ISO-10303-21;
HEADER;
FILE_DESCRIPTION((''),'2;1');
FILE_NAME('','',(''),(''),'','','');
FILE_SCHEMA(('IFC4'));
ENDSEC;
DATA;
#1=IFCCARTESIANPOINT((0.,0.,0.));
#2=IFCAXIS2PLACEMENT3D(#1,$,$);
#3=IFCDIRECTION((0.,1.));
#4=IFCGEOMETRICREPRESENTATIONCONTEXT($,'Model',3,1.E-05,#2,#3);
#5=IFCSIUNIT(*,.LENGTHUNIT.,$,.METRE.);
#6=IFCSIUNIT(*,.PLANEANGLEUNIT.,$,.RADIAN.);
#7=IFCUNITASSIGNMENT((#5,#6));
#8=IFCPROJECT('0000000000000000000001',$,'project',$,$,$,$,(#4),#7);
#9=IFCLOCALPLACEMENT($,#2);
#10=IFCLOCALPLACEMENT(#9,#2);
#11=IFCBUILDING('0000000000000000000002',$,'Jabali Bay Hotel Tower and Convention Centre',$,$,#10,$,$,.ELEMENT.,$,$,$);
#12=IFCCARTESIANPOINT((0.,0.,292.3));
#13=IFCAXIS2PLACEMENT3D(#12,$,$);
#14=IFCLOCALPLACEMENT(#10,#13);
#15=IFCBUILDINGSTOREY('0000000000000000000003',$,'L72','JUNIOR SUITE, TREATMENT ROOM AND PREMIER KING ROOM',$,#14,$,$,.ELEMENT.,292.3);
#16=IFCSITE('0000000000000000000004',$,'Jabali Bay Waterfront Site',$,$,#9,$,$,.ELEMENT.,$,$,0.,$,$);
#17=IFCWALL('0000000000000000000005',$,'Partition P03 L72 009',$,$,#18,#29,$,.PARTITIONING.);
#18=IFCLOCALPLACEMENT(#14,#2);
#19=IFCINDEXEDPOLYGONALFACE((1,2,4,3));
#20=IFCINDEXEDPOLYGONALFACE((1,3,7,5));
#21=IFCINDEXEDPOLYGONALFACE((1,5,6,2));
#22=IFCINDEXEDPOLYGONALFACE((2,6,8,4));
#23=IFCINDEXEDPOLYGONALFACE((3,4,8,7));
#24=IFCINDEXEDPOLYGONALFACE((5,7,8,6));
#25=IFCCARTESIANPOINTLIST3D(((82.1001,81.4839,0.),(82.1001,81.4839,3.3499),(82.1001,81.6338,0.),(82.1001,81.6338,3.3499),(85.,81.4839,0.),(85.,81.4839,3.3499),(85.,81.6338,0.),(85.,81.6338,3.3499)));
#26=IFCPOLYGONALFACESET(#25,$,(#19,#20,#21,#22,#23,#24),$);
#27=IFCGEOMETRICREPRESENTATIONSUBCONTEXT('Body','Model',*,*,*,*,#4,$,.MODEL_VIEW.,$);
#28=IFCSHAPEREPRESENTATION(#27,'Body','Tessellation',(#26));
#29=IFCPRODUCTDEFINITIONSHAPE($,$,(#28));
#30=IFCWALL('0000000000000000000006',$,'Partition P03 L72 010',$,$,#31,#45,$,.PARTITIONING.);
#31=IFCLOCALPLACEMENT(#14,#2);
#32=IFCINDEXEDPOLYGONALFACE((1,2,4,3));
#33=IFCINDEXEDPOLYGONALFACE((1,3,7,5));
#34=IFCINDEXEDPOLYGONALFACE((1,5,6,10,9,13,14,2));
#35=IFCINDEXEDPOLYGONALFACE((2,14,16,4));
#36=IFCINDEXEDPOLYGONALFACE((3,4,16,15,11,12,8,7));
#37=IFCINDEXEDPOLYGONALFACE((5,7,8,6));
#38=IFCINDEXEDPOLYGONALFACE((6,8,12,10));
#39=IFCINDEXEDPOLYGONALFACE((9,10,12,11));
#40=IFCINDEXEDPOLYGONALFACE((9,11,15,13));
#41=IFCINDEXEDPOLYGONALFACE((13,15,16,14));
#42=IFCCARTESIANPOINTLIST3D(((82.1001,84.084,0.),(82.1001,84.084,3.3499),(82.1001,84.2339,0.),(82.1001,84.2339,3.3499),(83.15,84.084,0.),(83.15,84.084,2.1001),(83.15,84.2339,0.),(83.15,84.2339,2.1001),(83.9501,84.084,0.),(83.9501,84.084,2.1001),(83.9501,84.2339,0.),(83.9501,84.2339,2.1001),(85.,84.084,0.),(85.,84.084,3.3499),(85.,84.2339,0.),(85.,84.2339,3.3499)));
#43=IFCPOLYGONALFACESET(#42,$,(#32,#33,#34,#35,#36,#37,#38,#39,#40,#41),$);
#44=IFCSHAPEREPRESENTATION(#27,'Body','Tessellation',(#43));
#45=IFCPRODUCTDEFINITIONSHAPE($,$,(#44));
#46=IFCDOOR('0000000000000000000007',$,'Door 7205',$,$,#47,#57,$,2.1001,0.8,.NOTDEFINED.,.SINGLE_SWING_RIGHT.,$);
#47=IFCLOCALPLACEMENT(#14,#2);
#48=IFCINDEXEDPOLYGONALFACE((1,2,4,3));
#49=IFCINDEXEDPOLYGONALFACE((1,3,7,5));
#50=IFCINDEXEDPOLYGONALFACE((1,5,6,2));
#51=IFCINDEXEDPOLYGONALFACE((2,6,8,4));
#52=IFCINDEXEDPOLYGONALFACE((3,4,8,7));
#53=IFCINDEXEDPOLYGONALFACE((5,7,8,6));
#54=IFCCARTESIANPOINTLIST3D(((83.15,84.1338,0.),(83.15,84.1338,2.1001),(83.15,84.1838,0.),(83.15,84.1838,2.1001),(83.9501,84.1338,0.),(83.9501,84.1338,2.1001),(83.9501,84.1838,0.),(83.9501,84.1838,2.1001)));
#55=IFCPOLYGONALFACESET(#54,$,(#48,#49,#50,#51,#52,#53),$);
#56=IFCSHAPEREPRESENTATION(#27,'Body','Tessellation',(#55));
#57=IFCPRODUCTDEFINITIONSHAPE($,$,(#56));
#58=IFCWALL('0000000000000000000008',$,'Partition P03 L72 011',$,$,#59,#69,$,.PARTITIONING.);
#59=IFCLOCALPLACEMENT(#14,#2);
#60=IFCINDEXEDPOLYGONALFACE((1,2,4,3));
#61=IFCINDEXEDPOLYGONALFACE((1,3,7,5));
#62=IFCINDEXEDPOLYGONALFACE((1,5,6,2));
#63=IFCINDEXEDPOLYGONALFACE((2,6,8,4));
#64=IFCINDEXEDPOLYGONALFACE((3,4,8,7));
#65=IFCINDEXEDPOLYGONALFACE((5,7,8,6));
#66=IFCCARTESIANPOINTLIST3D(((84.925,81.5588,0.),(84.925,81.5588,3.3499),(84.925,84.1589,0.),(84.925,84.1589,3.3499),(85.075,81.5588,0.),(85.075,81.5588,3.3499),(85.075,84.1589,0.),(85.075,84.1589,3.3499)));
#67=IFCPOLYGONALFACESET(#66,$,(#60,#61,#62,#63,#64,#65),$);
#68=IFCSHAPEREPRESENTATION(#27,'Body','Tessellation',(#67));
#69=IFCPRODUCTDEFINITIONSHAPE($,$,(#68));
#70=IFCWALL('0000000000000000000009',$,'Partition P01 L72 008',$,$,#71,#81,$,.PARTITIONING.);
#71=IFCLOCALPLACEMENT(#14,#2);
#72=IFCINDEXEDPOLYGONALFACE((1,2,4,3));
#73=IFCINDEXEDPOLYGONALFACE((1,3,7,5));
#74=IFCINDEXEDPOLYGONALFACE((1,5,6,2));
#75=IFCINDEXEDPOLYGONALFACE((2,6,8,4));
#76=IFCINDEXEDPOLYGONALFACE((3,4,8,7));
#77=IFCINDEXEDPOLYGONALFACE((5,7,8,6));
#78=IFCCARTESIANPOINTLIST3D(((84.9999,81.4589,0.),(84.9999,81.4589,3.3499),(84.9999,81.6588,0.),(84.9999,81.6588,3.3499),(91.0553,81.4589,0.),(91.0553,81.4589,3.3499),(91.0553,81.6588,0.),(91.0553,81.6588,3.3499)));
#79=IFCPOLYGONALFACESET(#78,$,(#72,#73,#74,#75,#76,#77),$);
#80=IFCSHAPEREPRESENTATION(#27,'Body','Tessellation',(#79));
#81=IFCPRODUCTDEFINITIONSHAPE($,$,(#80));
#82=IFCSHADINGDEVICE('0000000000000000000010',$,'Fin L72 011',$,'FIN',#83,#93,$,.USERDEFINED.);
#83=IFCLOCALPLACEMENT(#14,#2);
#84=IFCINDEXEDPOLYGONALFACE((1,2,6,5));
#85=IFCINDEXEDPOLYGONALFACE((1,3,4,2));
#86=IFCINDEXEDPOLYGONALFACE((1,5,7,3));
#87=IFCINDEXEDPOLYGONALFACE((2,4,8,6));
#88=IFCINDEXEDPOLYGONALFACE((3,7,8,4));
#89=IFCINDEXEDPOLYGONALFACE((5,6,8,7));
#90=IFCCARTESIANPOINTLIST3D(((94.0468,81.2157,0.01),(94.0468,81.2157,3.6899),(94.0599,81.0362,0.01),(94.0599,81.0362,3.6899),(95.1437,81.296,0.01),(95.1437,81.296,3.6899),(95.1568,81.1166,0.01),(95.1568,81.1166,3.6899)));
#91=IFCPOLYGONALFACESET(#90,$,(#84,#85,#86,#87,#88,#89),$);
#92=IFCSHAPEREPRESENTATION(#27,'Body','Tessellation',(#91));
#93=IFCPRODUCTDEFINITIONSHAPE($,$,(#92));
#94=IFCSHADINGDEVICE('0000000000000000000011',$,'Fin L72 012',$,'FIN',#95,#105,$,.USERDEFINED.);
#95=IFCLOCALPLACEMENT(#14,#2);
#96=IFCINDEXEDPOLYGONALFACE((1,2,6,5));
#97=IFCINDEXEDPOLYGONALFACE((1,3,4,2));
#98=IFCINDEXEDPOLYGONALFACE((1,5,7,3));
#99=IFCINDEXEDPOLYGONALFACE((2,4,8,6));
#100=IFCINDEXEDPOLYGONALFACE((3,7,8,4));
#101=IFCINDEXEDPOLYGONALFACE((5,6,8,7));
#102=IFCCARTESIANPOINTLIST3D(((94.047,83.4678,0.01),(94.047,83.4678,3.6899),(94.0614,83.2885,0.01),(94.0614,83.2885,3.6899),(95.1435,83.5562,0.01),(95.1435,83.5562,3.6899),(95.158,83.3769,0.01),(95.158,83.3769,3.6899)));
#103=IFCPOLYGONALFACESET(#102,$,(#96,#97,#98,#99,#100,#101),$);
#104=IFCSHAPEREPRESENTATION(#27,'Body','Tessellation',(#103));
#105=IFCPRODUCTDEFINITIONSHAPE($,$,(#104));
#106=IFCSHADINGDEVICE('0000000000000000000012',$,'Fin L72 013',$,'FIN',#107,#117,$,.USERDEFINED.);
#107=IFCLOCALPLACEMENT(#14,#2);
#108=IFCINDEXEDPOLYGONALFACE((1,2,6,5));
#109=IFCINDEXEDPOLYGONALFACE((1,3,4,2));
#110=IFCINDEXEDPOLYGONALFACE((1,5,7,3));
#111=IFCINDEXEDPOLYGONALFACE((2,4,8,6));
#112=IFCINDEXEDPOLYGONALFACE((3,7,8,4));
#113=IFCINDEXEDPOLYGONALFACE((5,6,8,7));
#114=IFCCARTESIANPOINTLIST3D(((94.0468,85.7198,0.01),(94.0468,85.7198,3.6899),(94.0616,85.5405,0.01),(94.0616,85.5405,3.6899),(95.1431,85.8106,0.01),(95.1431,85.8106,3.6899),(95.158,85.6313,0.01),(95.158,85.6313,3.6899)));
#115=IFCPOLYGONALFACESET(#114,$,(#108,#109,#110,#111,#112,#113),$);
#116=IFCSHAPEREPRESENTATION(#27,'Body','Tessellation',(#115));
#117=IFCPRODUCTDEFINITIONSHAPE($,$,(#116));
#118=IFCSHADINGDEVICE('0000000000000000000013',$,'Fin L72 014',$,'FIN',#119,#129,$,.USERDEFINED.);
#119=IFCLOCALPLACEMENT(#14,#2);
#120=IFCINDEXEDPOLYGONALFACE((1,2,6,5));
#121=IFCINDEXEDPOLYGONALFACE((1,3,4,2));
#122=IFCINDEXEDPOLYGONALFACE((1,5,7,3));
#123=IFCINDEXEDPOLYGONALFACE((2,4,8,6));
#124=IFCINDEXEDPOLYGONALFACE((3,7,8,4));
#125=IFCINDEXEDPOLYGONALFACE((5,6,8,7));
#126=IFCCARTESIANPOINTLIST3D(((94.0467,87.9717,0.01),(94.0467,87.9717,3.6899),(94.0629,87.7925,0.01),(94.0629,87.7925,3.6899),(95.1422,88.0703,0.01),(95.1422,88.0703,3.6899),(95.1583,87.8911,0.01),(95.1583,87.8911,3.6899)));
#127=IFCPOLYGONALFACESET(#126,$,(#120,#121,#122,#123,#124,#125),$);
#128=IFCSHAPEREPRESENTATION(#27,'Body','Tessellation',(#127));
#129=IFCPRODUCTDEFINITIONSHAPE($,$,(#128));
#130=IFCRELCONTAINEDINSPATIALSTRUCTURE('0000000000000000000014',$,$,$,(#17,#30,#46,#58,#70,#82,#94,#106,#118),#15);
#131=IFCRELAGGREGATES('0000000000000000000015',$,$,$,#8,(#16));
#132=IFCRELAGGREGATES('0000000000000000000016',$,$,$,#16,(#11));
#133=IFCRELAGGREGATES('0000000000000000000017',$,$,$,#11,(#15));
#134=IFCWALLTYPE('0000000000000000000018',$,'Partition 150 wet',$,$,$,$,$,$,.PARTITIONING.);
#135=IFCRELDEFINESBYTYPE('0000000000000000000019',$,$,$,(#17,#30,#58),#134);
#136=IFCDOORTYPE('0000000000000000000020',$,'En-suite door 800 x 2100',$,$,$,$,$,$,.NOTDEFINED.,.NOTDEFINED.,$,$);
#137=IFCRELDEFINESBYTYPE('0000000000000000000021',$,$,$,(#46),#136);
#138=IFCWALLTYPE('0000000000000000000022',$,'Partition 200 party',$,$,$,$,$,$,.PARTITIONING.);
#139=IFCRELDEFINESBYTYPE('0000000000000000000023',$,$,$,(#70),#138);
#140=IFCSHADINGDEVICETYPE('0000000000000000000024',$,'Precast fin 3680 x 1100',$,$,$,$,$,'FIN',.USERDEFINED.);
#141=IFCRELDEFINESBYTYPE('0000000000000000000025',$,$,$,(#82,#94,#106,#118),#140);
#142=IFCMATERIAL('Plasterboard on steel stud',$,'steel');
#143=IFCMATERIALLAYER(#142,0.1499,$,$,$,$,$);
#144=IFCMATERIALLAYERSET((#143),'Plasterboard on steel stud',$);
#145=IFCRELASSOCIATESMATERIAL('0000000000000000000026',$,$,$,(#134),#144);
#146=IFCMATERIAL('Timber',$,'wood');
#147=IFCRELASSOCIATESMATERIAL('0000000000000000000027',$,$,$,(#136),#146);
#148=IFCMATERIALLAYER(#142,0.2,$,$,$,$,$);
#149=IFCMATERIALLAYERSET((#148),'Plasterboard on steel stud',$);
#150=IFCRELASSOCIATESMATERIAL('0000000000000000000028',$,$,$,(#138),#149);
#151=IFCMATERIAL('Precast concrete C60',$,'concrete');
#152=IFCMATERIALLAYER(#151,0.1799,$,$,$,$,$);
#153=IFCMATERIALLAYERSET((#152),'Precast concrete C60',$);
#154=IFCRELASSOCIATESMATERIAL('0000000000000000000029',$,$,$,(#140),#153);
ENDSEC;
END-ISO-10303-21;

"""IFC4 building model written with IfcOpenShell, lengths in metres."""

from ifc_helpers import new_model, si_unit, direction, frame, frame_2d, origin, place, context, subcontext, project, spatial, rectangle, extrude, material, layer, layer_set, type_object, element, fill, save


model = new_model("IFC4")

# Units and contexts
model_context = context("Model", 3, precision=1e-05, world=origin(), true_north=direction((0.0, 1.0)))
body_context = subcontext(model_context, "Body", "Model", "MODEL_VIEW")
ifc_project = project(units=[si_unit("LENGTHUNIT", "METRE"), si_unit("PLANEANGLEUNIT", "RADIAN")], contexts=[model_context])

# Site, building, storey
site_placement = place(None, origin())
site = spatial("IfcSite", under=ifc_project, at=site_placement, Name="Jabali Bay Waterfront Site", CompositionType="ELEMENT", RefElevation=0.0)
building_placement = place(site_placement, origin())
building = spatial("IfcBuilding", under=site, at=building_placement, Name="Jabali Bay Hotel Tower and Convention Centre", CompositionType="ELEMENT")
storey_placement = place(building_placement, frame((0.0, 0.0, 292.3)))
storey = spatial("IfcBuildingStorey", under=building, at=storey_placement, Name="L72", Description="JUNIOR SUITE, TREATMENT ROOM AND PREMIER KING ROOM", CompositionType="ELEMENT", Elevation=292.3)

# Wall
ifc_material_1 = material(Name="Plasterboard on steel stud", Category="steel")
ifc_layer_1 = layer(ifc_material_1, 0.1499)
ifc_layer_set_1 = layer_set([ifc_layer_1], Name="Plasterboard on steel stud")
wall_type_1 = type_object("IfcWallType", Name="Partition 150 wet", PredefinedType="PARTITIONING", material=ifc_layer_set_1)
wall_1_placement = place(storey_placement, frame((85.0, 81.5588, 0.0), z_axis=(0.0, 0.0, 1.0), x_axis=(-1.0, 0.0, 0.0)))
element("IfcWall", 1, at=wall_1_placement, inside=storey, type_object=wall_type_1, Name="Partition P03 L72 009", PredefinedType="PARTITIONING", context=body_context, shape_type="SweptSolid", body=[
    extrude(rectangle(XDim=2.8999, YDim=0.1499, at=frame_2d((1.45, 0.0))), origin(), (0.0, 0.0, 1.0), 3.3499),
])

# Wall, opening, door
wall_2_placement = place(storey_placement, frame((82.1001, 84.1589, 0.0), z_axis=(0.0, 0.0, 1.0), x_axis=(1.0, 0.0, 0.0)))
wall_2 = element("IfcWall", 2, at=wall_2_placement, inside=storey, type_object=wall_type_1, Name="Partition P03 L72 010", PredefinedType="PARTITIONING", context=body_context, shape_type="SweptSolid", body=[
    extrude(rectangle(XDim=2.8999, YDim=0.1499, at=frame_2d((1.45, 0.0))), origin(), (0.0, 0.0, 1.0), 3.3499),
])
opening_1_placement = place(wall_2_placement, frame((1.05, 0.0, 0.0)))
opening_1 = element("IfcOpeningElement", 3, at=opening_1_placement, cuts=wall_2, PredefinedType="OPENING", context=body_context, shape_type="SweptSolid", body=[
    extrude(rectangle(XDim=0.8, YDim=2.1001, at=frame_2d((0.3999, 1.05))), frame((0.0, 0.0854, 0.0), z_axis=(0.0, -1.0, 0.0), x_axis=(1.0, 0.0, 0.0)), (0.0, 0.0, 1.0), 0.1709),
])
ifc_material_2 = material(Name="Timber", Category="wood")
door_type_1 = type_object("IfcDoorType", Name="En-suite door 800 x 2100", OperationType="NOTDEFINED", PredefinedType="NOTDEFINED", material=ifc_material_2)
door_1_placement = place(opening_1_placement, origin())
door_1 = element("IfcDoor", 4, at=door_1_placement, inside=storey, type_object=door_type_1, Name="Door 7205", OperationType="SINGLE_SWING_RIGHT", OverallHeight=2.1001, OverallWidth=0.8, PredefinedType="NOTDEFINED", context=body_context, shape_type="SweptSolid", body=[
    extrude(rectangle(XDim=0.8, YDim=2.1001, at=frame_2d((0.3999, 1.05))), frame((0.0, 0.0249, 0.0), z_axis=(0.0, -1.0, 0.0), x_axis=(1.0, 0.0, 0.0)), (0.0, 0.0, 1.0), 0.05),
])
fill(opening_1, door_1)

# Walls
wall_3_placement = place(storey_placement, frame((85.0, 84.1589, 0.0), z_axis=(0.0, 0.0, 1.0), x_axis=(0.0, -1.0, 0.0)))
element("IfcWall", 5, at=wall_3_placement, inside=storey, type_object=wall_type_1, Name="Partition P03 L72 011", PredefinedType="PARTITIONING", context=body_context, shape_type="SweptSolid", body=[
    extrude(rectangle(XDim=2.6001, YDim=0.1499, at=frame_2d((1.3, 0.0))), origin(), (0.0, 0.0, 1.0), 3.3499),
])
ifc_layer_2 = layer(ifc_material_1, 0.2)
ifc_layer_set_2 = layer_set([ifc_layer_2], Name="Plasterboard on steel stud")
wall_type_2 = type_object("IfcWallType", Name="Partition 200 party", PredefinedType="PARTITIONING", material=ifc_layer_set_2)
wall_4_placement = place(storey_placement, frame((91.0554, 81.5588, 0.0), z_axis=(0.0, 0.0, 1.0), x_axis=(-1.0, 0.0, 0.0)))
element("IfcWall", 6, at=wall_4_placement, inside=storey, type_object=wall_type_2, Name="Partition P01 L72 008", PredefinedType="PARTITIONING", context=body_context, shape_type="SweptSolid", body=[
    extrude(rectangle(XDim=6.0554, YDim=0.2, at=frame_2d((3.0278, 0.0))), origin(), (0.0, 0.0, 1.0), 3.3499),
])

# Shading devices
ifc_material_3 = material(Name="Precast concrete C60", Category="concrete")
ifc_layer_3 = layer(ifc_material_3, 0.1799)
ifc_layer_set_3 = layer_set([ifc_layer_3], Name="Precast concrete C60")
shading_device_type = type_object("IfcShadingDeviceType", Name="Precast fin 3680 x 1100", ElementType="FIN", PredefinedType="USERDEFINED", material=ifc_layer_set_3)
shading_device_1_placement = place(storey_placement, frame((94.0535, 81.126, 0.01), z_axis=(0.0, 0.0, 1.0), x_axis=(0.99733, 0.073029, 0.0)))
element("IfcShadingDevice", 7, at=shading_device_1_placement, inside=storey, type_object=shading_device_type, Name="Fin L72 011", ObjectType="FIN", PredefinedType="USERDEFINED", context=body_context, shape_type="SweptSolid", body=[
    extrude(rectangle(XDim=1.0999, YDim=0.1799, at=frame_2d((0.5498, 0.0))), origin(), (0.0, 0.0, 1.0), 3.6799),
])
for number, where, z_axis, x_axis, name in (
    (8, (94.0542, 83.3782, 0.01), (0.0, 0.0, 1.0), (0.996767, 0.080345, 0.0), "Fin L72 012"),
    (9, (94.0542, 85.6301, 0.01), (0.0, 0.0, 1.0), (0.996587, 0.08255, 0.0), "Fin L72 013"),
):
    element("IfcShadingDevice", number, at=place(storey_placement, frame(where, z_axis=z_axis, x_axis=x_axis)), inside=storey, type_object=shading_device_type, Name=name, ObjectType="FIN", PredefinedType="USERDEFINED", context=body_context, shape_type="SweptSolid", body=[
        extrude(rectangle(XDim=1.1001, YDim=0.1799, at=frame_2d((0.55, 0.0))), origin(), (0.0, 0.0, 1.0), 3.6799),
    ])
shading_device_2_placement = place(storey_placement, frame((94.0549, 87.8821, 0.01), z_axis=(0.0, 0.0, 1.0), x_axis=(0.995971, 0.089675, 0.0)))
element("IfcShadingDevice", 10, at=shading_device_2_placement, inside=storey, type_object=shading_device_type, Name="Fin L72 014", ObjectType="FIN", PredefinedType="USERDEFINED", context=body_context, shape_type="SweptSolid", body=[
    extrude(rectangle(XDim=1.0999, YDim=0.1799, at=frame_2d((0.5498, 0.0))), origin(), (0.0, 0.0, 1.0), 3.6799),
])

save(model, "model.ifc")
